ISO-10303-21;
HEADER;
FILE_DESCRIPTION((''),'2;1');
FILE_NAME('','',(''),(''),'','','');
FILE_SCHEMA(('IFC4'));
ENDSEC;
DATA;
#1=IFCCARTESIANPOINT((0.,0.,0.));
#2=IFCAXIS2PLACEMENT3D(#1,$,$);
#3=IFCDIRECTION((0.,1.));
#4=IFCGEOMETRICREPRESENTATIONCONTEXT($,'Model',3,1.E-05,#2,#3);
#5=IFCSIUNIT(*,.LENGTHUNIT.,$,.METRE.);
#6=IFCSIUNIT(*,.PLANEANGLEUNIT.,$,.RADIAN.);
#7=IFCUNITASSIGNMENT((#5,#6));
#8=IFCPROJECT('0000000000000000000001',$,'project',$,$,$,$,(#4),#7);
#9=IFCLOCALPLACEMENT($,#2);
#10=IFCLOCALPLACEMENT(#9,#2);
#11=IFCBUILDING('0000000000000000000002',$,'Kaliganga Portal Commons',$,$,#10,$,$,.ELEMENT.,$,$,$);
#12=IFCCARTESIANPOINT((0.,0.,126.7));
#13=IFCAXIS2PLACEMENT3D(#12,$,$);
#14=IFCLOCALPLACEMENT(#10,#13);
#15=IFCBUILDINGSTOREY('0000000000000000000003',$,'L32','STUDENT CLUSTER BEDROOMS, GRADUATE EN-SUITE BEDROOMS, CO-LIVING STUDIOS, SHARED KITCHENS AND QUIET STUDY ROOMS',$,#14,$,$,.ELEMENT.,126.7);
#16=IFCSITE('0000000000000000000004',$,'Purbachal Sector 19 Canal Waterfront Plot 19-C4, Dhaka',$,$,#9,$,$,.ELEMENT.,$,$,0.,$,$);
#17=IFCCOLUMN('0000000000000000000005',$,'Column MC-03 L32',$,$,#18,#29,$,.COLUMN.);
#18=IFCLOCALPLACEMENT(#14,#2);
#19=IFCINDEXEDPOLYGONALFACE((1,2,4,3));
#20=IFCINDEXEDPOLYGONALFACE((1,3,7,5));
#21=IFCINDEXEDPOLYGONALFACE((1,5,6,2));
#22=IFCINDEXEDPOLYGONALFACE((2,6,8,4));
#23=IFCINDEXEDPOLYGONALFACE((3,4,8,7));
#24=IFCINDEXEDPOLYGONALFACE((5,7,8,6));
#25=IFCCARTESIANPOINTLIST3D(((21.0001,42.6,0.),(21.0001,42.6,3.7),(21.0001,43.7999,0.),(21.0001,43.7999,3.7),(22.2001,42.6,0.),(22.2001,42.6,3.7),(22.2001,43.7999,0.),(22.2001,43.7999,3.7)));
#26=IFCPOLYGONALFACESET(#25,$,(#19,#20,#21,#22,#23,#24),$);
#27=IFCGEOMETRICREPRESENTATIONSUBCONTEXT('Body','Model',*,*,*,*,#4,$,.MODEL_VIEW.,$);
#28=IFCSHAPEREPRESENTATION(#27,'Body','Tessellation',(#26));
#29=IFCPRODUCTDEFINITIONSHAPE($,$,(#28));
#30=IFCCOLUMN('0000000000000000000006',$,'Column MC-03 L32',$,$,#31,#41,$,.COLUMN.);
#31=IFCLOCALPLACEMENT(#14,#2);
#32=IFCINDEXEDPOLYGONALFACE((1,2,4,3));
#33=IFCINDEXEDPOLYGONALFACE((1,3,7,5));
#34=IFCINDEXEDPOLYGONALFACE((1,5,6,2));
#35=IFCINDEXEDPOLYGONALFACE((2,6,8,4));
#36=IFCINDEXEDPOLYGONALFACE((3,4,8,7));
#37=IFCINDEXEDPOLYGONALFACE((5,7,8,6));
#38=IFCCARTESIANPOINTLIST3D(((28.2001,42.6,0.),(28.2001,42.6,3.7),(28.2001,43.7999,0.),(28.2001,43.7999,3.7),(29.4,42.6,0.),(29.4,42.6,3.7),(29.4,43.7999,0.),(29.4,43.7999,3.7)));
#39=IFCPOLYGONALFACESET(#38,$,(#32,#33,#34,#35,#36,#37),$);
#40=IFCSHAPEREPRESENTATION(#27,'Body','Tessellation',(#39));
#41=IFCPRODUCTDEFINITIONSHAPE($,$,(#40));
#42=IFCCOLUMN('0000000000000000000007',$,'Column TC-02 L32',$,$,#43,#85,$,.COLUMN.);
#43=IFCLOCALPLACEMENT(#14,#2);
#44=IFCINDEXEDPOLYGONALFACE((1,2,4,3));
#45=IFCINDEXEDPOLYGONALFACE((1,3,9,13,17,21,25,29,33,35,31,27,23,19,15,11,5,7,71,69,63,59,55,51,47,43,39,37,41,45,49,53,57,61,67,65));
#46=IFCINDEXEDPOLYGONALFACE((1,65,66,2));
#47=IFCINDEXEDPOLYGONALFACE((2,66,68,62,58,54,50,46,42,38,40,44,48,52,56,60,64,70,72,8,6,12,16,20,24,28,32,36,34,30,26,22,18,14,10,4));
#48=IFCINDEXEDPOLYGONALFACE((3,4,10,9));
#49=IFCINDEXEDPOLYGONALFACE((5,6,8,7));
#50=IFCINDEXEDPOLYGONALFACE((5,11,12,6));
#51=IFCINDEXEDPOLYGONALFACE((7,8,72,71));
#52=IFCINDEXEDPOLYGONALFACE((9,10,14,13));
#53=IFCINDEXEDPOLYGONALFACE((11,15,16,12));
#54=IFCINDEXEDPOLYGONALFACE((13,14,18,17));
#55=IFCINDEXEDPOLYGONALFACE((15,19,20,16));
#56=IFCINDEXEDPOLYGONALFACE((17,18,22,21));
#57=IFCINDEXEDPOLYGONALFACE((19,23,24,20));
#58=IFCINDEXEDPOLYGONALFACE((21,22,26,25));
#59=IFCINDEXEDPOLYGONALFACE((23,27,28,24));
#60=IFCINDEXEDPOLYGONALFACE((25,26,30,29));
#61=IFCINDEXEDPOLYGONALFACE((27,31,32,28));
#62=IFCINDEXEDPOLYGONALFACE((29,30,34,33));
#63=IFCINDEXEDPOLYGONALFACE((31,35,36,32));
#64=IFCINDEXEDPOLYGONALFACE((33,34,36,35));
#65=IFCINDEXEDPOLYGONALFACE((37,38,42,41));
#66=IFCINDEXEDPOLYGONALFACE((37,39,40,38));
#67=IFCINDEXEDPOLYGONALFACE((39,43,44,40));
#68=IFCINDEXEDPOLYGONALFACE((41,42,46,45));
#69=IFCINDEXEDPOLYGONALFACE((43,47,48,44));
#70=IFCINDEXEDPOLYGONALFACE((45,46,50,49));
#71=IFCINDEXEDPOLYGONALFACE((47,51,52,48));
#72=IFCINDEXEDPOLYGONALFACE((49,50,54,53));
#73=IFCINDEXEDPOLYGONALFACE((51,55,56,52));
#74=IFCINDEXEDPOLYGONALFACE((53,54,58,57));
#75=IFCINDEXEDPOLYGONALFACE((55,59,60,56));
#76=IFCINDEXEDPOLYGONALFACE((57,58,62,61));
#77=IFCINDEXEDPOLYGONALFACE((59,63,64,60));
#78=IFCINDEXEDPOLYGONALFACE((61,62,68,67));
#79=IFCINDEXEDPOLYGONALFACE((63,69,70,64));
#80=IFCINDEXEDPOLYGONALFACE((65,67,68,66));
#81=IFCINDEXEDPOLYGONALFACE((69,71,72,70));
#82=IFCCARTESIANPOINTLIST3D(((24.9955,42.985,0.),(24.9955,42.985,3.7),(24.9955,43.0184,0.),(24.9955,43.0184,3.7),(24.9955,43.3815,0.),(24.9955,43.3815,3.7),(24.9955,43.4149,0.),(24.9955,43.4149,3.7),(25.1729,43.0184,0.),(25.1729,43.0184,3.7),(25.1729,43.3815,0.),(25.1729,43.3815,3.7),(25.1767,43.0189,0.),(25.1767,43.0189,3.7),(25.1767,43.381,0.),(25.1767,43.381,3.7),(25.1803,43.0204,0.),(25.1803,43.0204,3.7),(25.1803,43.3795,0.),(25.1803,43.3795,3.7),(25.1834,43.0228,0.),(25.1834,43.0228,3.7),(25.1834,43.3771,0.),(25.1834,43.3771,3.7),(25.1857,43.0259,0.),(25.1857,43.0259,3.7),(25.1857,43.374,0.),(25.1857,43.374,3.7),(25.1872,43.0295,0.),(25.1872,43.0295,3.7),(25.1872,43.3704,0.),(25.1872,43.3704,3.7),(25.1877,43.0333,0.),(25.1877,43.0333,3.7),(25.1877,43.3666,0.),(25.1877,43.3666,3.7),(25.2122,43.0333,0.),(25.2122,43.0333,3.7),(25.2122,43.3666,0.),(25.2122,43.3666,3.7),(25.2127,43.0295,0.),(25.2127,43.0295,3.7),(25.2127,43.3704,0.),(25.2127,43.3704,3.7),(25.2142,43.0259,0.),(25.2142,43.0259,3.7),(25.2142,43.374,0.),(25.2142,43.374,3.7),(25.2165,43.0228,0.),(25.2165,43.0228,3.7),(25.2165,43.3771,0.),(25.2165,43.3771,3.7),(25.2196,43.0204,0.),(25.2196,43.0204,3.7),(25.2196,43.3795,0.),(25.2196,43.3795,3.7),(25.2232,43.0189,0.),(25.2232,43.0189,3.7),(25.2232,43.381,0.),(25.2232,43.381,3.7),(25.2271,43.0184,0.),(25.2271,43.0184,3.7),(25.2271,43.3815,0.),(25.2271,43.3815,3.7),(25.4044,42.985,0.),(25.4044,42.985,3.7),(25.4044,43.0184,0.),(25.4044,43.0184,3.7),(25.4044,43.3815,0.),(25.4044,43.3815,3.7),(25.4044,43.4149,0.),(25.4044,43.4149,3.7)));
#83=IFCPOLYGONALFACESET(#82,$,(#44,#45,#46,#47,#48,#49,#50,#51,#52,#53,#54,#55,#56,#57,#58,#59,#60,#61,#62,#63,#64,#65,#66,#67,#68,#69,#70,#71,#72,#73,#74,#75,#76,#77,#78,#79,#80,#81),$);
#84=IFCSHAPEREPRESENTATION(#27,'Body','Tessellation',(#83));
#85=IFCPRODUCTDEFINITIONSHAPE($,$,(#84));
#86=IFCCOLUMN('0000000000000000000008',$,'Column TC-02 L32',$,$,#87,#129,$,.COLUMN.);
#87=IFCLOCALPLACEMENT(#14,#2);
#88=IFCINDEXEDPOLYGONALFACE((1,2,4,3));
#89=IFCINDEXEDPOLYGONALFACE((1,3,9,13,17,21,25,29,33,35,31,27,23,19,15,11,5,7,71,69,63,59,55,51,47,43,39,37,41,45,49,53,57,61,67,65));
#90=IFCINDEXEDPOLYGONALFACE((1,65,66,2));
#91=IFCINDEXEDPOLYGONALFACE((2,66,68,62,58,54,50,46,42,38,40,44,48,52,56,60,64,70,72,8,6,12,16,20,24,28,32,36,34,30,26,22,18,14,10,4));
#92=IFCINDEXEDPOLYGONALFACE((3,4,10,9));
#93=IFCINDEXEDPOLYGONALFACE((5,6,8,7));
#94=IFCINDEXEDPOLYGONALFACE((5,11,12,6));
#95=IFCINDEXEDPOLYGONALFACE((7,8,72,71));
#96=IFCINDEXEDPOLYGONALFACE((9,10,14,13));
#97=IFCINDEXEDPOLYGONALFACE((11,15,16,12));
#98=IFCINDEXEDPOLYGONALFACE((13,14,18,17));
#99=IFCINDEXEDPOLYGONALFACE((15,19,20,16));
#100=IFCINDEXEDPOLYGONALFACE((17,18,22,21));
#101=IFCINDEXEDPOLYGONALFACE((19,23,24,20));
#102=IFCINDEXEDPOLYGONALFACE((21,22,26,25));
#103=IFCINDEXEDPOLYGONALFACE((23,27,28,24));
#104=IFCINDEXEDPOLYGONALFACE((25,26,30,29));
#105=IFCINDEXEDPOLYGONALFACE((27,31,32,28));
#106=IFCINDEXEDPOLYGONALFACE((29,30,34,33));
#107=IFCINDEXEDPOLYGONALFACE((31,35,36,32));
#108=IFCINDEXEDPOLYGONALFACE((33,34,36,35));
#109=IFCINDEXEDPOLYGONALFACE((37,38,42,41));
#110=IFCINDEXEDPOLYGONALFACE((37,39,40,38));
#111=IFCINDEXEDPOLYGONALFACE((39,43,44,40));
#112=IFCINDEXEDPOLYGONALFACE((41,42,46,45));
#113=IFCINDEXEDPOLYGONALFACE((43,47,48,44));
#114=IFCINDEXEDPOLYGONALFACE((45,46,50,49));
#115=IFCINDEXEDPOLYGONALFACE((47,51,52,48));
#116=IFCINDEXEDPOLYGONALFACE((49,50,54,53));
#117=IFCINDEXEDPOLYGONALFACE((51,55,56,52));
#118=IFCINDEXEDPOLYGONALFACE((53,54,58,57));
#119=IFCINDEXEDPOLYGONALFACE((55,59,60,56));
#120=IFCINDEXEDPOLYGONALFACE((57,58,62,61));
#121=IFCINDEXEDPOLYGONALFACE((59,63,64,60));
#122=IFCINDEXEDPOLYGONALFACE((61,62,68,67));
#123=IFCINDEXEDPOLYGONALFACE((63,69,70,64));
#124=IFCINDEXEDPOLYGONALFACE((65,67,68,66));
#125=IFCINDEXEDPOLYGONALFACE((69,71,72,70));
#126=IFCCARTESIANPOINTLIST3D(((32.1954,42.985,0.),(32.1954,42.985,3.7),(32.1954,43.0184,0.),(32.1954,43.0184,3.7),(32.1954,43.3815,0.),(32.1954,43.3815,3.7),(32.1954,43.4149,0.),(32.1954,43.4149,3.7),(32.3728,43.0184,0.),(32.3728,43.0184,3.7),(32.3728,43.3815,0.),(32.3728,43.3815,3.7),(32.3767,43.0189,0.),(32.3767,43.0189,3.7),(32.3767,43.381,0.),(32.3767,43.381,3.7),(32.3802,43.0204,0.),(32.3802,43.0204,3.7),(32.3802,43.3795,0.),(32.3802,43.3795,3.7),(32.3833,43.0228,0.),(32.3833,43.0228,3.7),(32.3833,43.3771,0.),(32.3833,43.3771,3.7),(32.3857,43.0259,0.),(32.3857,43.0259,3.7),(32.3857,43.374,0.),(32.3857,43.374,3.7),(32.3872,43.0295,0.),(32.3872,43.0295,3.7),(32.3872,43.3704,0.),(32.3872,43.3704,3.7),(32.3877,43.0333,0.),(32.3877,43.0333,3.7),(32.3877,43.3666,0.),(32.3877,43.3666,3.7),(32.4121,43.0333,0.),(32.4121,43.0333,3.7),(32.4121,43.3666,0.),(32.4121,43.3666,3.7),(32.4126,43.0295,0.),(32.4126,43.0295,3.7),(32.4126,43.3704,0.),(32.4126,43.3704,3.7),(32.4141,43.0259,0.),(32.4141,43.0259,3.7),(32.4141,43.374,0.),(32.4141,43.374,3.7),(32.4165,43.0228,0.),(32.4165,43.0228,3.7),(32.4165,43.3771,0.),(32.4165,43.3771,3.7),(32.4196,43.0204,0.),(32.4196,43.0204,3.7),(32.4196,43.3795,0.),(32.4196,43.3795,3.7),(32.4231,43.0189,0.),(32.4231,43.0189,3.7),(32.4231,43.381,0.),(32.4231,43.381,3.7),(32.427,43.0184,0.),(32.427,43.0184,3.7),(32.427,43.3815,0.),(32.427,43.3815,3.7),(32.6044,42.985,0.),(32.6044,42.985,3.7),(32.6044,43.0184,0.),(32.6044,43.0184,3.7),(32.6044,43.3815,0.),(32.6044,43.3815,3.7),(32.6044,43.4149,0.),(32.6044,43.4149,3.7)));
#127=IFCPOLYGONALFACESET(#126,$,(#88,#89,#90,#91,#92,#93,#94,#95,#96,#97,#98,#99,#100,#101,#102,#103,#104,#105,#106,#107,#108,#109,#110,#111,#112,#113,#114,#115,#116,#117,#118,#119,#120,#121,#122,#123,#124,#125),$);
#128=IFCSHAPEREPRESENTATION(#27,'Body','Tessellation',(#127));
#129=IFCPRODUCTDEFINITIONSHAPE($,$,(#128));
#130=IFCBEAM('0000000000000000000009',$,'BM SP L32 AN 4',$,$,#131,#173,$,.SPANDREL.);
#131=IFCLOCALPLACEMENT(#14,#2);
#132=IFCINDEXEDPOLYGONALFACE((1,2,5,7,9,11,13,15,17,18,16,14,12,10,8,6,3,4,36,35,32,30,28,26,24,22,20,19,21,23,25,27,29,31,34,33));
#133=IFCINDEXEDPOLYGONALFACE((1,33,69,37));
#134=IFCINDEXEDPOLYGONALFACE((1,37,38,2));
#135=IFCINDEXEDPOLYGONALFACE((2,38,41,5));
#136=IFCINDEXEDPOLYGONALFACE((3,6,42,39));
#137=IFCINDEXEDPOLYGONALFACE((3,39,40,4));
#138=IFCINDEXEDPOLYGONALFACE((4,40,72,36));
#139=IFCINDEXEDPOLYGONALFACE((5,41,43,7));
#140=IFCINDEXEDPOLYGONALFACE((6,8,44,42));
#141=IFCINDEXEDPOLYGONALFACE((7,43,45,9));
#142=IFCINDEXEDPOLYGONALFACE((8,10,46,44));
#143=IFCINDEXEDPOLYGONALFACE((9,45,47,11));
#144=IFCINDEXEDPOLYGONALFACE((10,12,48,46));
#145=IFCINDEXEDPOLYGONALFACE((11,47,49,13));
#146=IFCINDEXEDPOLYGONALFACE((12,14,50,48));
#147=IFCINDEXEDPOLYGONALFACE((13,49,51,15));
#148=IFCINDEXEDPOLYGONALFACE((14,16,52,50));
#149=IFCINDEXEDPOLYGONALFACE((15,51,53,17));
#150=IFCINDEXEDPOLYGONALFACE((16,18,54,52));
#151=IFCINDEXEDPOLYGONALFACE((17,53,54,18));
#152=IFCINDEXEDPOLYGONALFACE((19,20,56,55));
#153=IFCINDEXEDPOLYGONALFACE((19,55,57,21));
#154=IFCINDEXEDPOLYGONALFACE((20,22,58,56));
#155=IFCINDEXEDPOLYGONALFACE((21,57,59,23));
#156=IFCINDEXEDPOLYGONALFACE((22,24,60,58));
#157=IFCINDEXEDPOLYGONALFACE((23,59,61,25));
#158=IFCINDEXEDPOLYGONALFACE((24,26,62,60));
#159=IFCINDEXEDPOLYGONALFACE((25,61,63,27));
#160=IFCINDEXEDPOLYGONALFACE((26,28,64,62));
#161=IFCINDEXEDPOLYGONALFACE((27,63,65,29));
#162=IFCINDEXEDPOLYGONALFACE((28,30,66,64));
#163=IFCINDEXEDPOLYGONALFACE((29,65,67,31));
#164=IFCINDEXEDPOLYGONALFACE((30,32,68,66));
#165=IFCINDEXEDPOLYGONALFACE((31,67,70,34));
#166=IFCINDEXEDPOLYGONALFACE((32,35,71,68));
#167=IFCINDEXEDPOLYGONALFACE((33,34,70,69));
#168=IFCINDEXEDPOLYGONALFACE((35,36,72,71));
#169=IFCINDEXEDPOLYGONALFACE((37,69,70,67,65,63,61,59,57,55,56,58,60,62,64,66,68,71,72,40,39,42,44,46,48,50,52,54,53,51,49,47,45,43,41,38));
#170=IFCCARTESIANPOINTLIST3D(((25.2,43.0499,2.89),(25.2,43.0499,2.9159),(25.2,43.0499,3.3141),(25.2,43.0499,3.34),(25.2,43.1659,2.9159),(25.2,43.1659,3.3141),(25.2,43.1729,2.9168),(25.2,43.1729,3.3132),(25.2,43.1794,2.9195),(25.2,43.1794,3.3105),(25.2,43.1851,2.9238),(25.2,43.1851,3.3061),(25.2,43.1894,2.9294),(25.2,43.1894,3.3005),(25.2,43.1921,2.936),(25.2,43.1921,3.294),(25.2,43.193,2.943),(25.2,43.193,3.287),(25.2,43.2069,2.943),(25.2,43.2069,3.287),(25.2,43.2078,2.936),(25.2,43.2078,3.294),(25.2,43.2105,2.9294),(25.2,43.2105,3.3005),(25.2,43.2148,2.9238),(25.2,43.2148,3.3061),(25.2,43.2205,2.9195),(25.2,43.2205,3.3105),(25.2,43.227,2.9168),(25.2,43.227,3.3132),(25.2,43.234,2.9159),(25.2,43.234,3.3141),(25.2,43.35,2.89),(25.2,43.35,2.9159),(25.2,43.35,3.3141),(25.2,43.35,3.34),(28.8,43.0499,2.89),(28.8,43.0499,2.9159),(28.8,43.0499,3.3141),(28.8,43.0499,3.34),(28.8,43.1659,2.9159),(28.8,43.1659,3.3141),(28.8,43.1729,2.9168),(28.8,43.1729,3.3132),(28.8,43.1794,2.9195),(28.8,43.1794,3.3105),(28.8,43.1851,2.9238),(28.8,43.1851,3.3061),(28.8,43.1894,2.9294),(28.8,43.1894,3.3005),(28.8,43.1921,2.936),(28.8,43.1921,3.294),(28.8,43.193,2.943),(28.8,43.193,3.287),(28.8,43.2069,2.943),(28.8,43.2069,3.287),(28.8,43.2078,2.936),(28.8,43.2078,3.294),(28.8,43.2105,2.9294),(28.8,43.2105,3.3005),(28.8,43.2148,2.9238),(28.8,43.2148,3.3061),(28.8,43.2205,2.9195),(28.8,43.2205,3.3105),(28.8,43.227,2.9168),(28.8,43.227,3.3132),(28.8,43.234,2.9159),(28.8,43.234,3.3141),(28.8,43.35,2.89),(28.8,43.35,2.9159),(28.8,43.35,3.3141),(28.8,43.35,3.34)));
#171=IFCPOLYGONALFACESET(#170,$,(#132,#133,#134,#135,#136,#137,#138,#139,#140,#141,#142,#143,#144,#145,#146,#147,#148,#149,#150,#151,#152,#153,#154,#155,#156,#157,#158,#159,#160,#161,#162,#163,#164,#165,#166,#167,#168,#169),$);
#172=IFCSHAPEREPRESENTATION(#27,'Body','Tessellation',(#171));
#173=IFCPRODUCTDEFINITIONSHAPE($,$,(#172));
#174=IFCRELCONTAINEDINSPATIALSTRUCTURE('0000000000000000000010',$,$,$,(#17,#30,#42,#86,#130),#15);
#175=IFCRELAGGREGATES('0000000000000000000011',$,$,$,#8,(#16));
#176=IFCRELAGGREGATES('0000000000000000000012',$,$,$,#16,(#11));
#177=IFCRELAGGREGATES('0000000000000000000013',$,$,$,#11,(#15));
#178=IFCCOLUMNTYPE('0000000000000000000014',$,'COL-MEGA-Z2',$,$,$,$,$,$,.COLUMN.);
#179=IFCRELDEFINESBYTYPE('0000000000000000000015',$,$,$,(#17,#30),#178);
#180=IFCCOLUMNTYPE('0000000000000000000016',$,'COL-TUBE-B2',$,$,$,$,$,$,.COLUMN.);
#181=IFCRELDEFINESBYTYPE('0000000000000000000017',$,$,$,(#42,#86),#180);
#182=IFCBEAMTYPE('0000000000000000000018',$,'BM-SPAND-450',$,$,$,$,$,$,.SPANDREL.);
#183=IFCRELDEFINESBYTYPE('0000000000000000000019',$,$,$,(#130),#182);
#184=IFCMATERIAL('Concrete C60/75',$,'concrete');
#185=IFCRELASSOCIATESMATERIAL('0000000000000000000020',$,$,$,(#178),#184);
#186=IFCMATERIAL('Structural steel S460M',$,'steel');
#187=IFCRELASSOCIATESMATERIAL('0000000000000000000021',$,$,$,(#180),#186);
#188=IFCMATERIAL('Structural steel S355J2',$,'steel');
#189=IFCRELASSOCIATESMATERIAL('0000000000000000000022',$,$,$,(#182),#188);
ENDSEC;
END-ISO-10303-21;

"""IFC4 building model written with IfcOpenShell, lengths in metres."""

from ifc_helpers import new_model, si_unit, direction, frame, origin, origin_2d, place, context, subcontext, project, spatial, rectangle, i_section, extrude, source, transform, mapped, material, material_profile, profile_set, type_object, element, save


model = new_model("IFC4")

# Units and contexts
model_context = context("Model", 3, precision=1e-05, world=origin(), true_north=direction((0.0, 1.0)))
body_context = subcontext(model_context, "Body", "Model", "MODEL_VIEW")
ifc_project = project(units=[si_unit("LENGTHUNIT", "METRE"), si_unit("PLANEANGLEUNIT", "RADIAN")], contexts=[model_context])

# Site, building, storey
site_placement = place(None, origin())
site = spatial("IfcSite", under=ifc_project, at=site_placement, Name="Purbachal Sector 19 Canal Waterfront Plot 19-C4, Dhaka", CompositionType="ELEMENT", RefElevation=0.0)
building_placement = place(site_placement, origin())
building = spatial("IfcBuilding", under=site, at=building_placement, Name="Kaliganga Portal Commons", CompositionType="ELEMENT")
storey_placement = place(building_placement, frame((0.0, 0.0, 126.7)))
storey = spatial("IfcBuildingStorey", under=building, at=storey_placement, Name="L32", Description="STUDENT CLUSTER BEDROOMS, GRADUATE EN-SUITE BEDROOMS, CO-LIVING STUDIOS, SHARED KITCHENS AND QUIET STUDY ROOMS", CompositionType="ELEMENT", Elevation=126.7)

# Columns
ifc_material_1 = material(Name="Concrete C60/75", Category="concrete")
ifc_material_profile_1 = material_profile(ifc_material_1, rectangle(XDim=1.2, YDim=1.2, at=origin_2d()), Name="RC 1200x1200")
ifc_profile_set_1 = profile_set([ifc_material_profile_1], Name="Concrete C60/75")
column_type_1 = type_object("IfcColumnType", Name="COL-MEGA-Z2", PredefinedType="COLUMN", material=ifc_profile_set_1)
shared_shape_1 = source(origin(), body_context, "Body", "SweptSolid", [
    extrude(rectangle(XDim=1.2, YDim=1.2, at=origin_2d()), origin(), (0.0, 0.0, 1.0), 3.7),
])
for number, where, z_axis, x_axis, name in (
    (1, (21.6001, 43.2, 0.0), (0.0, 0.0, 1.0), (1.0, 0.0, 0.0), "Column MC-03 L32"),
    (2, (28.8, 43.2, 0.0), (0.0, 0.0, 1.0), (1.0, 0.0, 0.0), "Column MC-03 L32"),
):
    element("IfcColumn", number, at=place(storey_placement, frame(where, z_axis=z_axis, x_axis=x_axis)), inside=storey, type_object=column_type_1, Name=name, PredefinedType="COLUMN", context=body_context, shape_type="MappedRepresentation", body=[
        mapped(shared_shape_1, transform((0.0, 0.0, 0.0), x_axis=(1.0, 0.0, 0.0), y_axis=(0.0, 1.0, 0.0), z_axis=(0.0, 0.0, 1.0), scale=1.0)),
    ])
ifc_material_2 = material(Name="Structural steel S460M", Category="steel")
ifc_material_profile_2 = material_profile(ifc_material_2, i_section(OverallWidth=0.4089, OverallDepth=0.4299, WebThickness=0.0244, FlangeThickness=0.0334, FilletRadius=0.0149, at=origin_2d()), Name="HD 400x421")
ifc_profile_set_2 = profile_set([ifc_material_profile_2], Name="Structural steel S460M wide-flange")
column_type_2 = type_object("IfcColumnType", Name="COL-TUBE-B2", PredefinedType="COLUMN", material=ifc_profile_set_2)
shared_shape_2 = source(origin(), body_context, "Body", "SweptSolid", [
    extrude(i_section(OverallWidth=0.4089, OverallDepth=0.4299, WebThickness=0.0244, FlangeThickness=0.0334, FilletRadius=0.0149, at=origin_2d()), origin(), (0.0, 0.0, 1.0), 3.7),
])
for number, where, z_axis, x_axis, name in (
    (3, (25.2, 43.2, 0.0), (0.0, 0.0, 1.0), (1.0, 0.0, 0.0), "Column TC-02 L32"),
    (4, (32.3999, 43.2, 0.0), (0.0, 0.0, 1.0), (1.0, 0.0, 0.0), "Column TC-02 L32"),
):
    element("IfcColumn", number, at=place(storey_placement, frame(where, z_axis=z_axis, x_axis=x_axis)), inside=storey, type_object=column_type_2, Name=name, PredefinedType="COLUMN", context=body_context, shape_type="MappedRepresentation", body=[
        mapped(shared_shape_2, transform((0.0, 0.0, 0.0), x_axis=(1.0, 0.0, 0.0), y_axis=(0.0, 1.0, 0.0), z_axis=(0.0, 0.0, 1.0), scale=1.0)),
    ])

# Beam
ifc_material_3 = material(Name="Structural steel S355J2", Category="steel")
ifc_material_profile_3 = material_profile(ifc_material_3, i_section(OverallWidth=0.3, OverallDepth=0.45, WebThickness=0.0139, FlangeThickness=0.0259, FilletRadius=0.0271, at=origin_2d()), Name="HE 450 B")
ifc_profile_set_3 = profile_set([ifc_material_profile_3], Name="Structural steel S355J2 wide-flange")
beam_type_1 = type_object("IfcBeamType", Name="BM-SPAND-450", PredefinedType="SPANDREL", material=ifc_profile_set_3)
shared_shape_3 = source(origin(), body_context, "Body", "SweptSolid", [
    extrude(i_section(OverallWidth=0.3, OverallDepth=0.45, WebThickness=0.0139, FlangeThickness=0.0259, FilletRadius=0.0271, at=origin_2d()), origin(), (0.0, 0.0, 1.0), 3.6001),
])
for number, where, z_axis, x_axis, name in (
    (5, (25.2, 43.2, 3.115), (1.0, 0.0, 0.0), (0.0, 1.0, 0.0), "BM SP L32 AN 4"),
):
    element("IfcBeam", number, at=place(storey_placement, frame(where, z_axis=z_axis, x_axis=x_axis)), inside=storey, type_object=beam_type_1, Name=name, PredefinedType="SPANDREL", context=body_context, shape_type="MappedRepresentation", body=[
        mapped(shared_shape_3, transform((0.0, 0.0, 0.0), x_axis=(1.0, 0.0, 0.0), y_axis=(0.0, 1.0, 0.0), z_axis=(0.0, 0.0, 1.0), scale=1.0)),
    ])

save(model, "model.ifc")
